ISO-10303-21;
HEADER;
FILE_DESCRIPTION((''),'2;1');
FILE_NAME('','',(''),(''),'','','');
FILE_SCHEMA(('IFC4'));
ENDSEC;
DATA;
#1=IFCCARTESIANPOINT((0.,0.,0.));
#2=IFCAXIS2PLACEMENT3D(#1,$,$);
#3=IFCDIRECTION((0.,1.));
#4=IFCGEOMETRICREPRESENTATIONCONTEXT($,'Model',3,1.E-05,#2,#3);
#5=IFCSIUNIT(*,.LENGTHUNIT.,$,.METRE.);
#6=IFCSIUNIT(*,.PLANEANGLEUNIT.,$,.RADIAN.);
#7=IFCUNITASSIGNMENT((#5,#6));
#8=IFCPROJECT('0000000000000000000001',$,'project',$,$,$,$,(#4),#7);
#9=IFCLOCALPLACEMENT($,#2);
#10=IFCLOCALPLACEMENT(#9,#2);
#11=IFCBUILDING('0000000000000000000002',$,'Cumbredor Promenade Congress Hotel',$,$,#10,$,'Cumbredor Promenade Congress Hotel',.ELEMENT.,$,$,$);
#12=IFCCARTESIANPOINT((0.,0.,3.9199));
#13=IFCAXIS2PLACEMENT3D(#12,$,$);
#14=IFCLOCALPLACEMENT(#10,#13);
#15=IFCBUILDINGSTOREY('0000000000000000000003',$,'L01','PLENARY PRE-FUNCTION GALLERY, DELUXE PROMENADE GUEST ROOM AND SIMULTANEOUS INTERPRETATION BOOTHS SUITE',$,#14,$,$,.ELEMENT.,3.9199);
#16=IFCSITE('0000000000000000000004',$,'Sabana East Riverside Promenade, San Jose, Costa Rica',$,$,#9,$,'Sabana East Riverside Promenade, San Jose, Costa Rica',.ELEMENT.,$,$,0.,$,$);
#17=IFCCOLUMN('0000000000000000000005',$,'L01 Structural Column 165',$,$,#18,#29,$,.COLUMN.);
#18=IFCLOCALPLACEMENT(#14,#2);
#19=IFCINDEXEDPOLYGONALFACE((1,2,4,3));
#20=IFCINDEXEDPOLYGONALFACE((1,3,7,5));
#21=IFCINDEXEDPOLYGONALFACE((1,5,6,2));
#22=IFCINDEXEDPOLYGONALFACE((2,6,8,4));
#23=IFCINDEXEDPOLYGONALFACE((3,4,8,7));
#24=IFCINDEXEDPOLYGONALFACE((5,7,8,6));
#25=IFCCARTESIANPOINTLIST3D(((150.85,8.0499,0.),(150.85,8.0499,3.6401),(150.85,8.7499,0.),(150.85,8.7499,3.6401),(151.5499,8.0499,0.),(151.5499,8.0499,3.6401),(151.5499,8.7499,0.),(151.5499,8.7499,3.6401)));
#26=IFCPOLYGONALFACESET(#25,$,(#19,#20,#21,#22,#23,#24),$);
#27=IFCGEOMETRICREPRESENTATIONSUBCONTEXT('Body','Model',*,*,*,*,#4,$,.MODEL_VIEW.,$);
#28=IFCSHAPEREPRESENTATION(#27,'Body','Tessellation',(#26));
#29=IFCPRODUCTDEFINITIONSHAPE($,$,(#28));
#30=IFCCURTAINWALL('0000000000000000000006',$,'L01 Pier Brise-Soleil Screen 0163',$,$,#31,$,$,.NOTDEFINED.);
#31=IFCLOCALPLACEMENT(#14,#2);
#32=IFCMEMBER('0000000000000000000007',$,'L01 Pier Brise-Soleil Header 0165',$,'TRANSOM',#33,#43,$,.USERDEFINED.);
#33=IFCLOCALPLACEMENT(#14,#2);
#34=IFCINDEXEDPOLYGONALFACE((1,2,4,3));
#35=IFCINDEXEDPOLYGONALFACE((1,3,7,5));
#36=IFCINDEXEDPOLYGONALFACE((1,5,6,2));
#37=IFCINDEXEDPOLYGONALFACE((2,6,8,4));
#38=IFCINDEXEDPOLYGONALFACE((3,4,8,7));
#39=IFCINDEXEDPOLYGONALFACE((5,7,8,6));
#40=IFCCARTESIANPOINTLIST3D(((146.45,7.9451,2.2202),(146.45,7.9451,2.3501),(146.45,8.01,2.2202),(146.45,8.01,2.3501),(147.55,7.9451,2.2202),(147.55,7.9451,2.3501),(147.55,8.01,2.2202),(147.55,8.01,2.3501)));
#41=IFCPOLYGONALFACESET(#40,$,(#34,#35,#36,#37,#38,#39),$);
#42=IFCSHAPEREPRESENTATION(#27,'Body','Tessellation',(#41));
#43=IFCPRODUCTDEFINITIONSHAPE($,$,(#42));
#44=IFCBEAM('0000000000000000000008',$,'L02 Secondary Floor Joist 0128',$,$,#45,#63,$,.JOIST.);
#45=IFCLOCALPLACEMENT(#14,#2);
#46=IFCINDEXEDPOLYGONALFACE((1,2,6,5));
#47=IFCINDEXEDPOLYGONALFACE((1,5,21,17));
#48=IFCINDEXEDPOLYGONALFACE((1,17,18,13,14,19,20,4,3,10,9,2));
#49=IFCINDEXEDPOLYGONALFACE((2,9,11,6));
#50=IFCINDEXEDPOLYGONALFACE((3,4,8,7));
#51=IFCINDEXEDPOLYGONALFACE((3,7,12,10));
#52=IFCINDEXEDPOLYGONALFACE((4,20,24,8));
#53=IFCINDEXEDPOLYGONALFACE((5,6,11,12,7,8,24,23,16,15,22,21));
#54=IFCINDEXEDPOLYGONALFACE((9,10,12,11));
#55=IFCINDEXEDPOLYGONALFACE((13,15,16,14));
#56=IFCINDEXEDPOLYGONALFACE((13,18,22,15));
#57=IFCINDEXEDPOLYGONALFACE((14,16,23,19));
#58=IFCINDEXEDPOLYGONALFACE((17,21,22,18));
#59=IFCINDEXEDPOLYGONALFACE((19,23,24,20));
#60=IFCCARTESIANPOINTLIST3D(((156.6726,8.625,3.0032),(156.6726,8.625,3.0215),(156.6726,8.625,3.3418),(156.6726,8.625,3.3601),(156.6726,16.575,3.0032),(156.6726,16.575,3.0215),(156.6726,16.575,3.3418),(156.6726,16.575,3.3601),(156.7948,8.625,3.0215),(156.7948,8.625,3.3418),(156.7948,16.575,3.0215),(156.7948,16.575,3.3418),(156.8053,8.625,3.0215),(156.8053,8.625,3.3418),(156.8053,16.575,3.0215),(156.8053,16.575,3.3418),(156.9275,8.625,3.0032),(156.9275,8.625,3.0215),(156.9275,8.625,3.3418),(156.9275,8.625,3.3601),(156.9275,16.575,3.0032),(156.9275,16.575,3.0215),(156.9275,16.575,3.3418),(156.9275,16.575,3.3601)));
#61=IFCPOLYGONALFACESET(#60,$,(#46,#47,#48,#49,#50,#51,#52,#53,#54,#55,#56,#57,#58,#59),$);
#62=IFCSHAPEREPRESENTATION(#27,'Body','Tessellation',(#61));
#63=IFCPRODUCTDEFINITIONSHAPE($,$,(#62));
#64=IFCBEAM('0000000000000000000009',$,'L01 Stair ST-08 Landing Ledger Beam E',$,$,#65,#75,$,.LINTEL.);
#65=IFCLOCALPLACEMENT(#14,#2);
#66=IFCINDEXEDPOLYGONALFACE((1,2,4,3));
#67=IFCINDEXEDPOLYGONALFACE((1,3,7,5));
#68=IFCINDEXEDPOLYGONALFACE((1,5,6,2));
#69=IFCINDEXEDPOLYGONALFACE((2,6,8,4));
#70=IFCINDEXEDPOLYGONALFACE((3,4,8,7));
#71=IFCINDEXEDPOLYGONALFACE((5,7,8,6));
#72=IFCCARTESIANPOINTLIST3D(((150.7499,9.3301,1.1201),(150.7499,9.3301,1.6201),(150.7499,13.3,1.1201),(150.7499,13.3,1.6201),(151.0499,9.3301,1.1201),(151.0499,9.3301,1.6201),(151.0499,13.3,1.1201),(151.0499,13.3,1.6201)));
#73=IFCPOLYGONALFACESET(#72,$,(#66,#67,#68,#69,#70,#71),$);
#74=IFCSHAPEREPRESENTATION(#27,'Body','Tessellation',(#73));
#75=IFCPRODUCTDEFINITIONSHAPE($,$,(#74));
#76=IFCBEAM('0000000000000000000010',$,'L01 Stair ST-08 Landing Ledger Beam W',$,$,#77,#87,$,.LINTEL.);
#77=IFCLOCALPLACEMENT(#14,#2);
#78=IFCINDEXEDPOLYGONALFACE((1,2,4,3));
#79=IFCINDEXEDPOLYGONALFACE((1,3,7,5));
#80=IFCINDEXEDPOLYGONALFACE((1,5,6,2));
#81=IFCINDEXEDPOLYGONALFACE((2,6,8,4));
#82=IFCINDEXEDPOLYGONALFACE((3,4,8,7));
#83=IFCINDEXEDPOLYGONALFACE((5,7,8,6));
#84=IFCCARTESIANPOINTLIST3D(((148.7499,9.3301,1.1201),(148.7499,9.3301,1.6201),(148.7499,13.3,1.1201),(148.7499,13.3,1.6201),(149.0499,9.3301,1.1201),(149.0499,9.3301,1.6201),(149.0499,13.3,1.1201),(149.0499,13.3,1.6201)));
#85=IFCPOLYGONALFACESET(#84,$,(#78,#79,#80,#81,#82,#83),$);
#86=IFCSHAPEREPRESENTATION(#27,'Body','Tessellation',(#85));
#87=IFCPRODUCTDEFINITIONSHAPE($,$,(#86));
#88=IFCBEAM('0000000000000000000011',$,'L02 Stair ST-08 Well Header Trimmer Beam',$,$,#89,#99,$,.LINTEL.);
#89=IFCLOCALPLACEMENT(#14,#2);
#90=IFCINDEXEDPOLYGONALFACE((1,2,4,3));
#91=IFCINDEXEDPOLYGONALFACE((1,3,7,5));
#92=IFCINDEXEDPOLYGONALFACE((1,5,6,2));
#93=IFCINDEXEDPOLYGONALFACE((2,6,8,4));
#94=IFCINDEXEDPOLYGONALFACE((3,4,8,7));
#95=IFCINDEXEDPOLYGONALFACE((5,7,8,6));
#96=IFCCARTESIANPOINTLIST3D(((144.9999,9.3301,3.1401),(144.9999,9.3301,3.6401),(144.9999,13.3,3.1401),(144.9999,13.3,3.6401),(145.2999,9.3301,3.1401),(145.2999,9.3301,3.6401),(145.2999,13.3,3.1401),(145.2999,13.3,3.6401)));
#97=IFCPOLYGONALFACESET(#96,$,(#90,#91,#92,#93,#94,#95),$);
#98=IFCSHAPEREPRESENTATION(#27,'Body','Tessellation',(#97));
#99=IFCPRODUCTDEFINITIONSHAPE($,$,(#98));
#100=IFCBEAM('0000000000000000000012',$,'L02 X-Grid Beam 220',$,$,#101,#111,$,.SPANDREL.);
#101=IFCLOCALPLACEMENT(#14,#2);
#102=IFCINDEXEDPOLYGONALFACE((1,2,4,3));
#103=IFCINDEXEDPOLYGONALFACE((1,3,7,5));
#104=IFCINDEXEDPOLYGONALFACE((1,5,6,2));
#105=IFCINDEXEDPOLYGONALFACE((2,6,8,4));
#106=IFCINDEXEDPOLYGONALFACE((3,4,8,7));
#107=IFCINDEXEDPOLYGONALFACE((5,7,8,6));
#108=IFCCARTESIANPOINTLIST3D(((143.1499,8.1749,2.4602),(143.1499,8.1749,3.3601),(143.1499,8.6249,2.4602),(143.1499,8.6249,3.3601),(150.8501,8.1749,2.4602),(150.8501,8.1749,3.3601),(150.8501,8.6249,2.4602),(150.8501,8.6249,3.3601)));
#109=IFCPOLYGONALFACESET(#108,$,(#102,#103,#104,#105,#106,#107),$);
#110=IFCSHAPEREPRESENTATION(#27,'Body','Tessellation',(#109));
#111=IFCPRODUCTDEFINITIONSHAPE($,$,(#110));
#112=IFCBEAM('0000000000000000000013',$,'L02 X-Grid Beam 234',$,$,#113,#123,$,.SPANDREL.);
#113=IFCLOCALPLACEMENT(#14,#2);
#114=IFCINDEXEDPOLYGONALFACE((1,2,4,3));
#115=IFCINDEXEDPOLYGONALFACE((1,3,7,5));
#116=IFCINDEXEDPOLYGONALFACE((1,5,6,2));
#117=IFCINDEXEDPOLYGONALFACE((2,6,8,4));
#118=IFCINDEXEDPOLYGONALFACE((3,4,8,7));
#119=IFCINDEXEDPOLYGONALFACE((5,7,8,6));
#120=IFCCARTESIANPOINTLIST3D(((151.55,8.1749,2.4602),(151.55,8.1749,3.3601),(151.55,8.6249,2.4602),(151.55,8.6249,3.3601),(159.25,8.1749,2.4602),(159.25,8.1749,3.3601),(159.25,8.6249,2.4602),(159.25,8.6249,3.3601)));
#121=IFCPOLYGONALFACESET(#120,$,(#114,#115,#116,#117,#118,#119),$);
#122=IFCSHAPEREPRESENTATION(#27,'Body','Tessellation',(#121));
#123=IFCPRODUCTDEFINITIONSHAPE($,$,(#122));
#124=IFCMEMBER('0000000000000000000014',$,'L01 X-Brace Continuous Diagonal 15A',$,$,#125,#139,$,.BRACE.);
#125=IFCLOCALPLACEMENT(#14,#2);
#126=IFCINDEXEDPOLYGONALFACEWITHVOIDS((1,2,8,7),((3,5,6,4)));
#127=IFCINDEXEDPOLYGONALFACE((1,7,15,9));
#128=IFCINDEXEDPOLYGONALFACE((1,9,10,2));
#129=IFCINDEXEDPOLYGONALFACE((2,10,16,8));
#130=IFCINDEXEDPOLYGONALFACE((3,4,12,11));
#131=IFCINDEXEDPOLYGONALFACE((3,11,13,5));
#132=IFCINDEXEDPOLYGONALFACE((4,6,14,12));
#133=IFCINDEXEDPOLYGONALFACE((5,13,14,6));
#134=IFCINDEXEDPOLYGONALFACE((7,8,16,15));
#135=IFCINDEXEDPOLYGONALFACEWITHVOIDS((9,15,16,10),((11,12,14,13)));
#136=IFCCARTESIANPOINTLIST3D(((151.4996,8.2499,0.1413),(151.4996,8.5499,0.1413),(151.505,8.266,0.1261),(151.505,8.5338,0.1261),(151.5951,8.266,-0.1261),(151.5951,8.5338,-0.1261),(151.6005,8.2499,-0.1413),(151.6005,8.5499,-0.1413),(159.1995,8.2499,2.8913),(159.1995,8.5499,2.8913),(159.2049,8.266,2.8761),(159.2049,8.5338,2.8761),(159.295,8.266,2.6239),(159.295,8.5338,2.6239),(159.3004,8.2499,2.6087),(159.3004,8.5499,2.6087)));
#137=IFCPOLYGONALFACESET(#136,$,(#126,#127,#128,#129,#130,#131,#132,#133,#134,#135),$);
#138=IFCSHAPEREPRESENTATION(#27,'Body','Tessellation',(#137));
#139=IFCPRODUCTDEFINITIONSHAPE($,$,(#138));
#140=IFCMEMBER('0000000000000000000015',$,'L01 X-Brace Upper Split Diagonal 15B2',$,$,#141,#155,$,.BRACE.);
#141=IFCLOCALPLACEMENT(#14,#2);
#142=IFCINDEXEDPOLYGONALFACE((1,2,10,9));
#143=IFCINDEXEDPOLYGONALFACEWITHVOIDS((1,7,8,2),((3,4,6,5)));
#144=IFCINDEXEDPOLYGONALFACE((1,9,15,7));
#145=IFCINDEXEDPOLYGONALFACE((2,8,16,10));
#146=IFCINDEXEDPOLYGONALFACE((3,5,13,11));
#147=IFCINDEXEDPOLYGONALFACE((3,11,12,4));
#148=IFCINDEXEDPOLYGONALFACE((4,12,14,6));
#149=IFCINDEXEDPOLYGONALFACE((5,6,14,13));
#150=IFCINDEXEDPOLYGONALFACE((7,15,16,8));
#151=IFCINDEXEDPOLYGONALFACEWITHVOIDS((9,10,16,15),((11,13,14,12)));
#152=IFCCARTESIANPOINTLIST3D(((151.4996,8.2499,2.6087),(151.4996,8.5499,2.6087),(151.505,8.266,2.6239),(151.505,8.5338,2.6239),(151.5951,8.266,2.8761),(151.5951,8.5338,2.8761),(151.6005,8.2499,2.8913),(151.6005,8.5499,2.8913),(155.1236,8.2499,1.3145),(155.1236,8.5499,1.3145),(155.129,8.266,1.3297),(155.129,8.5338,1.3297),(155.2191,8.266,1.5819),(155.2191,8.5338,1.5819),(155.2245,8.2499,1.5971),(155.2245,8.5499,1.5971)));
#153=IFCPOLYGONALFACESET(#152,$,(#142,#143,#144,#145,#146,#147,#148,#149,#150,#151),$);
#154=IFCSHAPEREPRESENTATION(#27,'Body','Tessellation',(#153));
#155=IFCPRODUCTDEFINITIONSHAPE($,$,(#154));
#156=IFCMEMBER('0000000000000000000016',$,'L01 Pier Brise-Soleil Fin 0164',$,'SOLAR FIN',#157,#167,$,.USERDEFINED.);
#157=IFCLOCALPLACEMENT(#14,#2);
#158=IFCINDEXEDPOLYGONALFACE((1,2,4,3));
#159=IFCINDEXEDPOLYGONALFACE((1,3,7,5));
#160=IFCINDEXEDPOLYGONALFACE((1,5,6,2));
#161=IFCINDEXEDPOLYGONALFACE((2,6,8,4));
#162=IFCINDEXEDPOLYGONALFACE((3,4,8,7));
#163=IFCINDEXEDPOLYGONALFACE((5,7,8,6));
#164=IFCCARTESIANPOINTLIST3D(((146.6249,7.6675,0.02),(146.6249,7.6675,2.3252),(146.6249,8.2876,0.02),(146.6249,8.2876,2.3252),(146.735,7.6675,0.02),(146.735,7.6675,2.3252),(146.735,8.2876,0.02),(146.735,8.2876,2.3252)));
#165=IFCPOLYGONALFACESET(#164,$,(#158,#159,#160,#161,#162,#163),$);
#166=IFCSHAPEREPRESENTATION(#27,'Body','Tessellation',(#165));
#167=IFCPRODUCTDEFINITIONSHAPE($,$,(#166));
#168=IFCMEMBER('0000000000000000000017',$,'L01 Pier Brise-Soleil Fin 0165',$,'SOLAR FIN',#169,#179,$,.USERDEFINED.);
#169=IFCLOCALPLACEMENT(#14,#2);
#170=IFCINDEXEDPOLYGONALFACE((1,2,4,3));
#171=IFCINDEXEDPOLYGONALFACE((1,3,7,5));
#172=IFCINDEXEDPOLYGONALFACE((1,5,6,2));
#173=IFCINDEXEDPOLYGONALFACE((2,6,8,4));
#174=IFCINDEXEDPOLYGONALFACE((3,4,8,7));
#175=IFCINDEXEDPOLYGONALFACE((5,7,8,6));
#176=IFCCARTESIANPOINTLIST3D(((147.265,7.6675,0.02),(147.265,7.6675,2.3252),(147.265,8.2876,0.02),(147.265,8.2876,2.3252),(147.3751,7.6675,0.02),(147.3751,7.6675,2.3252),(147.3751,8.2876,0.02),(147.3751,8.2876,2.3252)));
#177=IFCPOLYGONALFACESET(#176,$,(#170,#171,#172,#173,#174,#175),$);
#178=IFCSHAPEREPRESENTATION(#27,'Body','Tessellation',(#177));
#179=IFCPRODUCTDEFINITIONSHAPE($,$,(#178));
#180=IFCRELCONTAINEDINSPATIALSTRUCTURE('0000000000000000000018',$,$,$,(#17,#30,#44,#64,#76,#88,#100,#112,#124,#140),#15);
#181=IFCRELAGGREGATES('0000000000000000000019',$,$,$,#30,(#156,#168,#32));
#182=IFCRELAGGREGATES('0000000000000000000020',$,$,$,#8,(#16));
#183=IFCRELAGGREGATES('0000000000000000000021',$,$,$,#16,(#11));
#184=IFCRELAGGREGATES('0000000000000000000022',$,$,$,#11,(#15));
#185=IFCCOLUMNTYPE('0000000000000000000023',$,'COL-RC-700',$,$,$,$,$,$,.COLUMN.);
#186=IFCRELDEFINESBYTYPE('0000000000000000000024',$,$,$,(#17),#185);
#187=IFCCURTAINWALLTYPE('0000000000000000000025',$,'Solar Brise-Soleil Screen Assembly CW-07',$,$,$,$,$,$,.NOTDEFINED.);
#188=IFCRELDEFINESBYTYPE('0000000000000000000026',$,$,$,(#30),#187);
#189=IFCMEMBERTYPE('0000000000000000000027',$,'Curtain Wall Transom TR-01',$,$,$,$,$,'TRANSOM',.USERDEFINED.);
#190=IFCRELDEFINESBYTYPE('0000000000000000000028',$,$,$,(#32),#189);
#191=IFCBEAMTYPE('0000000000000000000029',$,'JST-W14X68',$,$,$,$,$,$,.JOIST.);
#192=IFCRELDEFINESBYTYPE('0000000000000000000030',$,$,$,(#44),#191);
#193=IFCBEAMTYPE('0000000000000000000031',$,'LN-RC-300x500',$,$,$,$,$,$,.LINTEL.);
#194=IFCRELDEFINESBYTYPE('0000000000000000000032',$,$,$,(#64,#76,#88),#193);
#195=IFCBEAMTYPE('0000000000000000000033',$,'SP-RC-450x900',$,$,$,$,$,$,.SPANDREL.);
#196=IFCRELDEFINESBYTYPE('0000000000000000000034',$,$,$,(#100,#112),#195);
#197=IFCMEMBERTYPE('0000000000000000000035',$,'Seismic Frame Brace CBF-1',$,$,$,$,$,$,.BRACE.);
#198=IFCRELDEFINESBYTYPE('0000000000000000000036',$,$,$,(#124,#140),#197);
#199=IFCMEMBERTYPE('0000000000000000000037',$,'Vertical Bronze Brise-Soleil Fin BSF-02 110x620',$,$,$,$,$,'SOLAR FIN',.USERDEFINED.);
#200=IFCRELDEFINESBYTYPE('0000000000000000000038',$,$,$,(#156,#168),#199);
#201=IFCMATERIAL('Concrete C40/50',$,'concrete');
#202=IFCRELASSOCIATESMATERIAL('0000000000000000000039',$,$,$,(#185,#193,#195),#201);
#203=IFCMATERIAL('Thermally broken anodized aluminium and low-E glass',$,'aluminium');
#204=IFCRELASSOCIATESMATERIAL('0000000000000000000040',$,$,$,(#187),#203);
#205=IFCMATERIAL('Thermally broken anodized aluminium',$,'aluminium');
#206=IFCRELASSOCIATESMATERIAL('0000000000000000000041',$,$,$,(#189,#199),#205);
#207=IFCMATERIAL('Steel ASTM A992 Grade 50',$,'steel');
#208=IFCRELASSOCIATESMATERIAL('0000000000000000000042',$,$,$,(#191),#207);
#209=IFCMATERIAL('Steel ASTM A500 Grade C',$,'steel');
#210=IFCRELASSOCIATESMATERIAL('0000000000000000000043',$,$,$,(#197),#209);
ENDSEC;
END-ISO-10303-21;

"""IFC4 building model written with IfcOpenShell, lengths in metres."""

from ifc_helpers import new_model, si_unit, direction, frame, origin, origin_2d, place, context, subcontext, project, spatial, rectangle, hollow_rectangle, i_section, extrude, material, material_profile, profile_set, type_object, element, aggregate, save


model = new_model("IFC4")

# Units and contexts
model_context = context("Model", 3, precision=1e-05, world=origin(), true_north=direction((0.0, 1.0)))
body_context = subcontext(model_context, "Body", "Model", "MODEL_VIEW")
ifc_project = project(units=[si_unit("LENGTHUNIT", "METRE"), si_unit("PLANEANGLEUNIT", "RADIAN")], contexts=[model_context])

# Site, building, storey
site_placement = place(None, origin())
site = spatial("IfcSite", under=ifc_project, at=site_placement, Name="Sabana East Riverside Promenade, San Jose, Costa Rica", LongName="Sabana East Riverside Promenade, San Jose, Costa Rica", CompositionType="ELEMENT", RefElevation=0.0)
building_placement = place(site_placement, origin())
building = spatial("IfcBuilding", under=site, at=building_placement, Name="Cumbredor Promenade Congress Hotel", LongName="Cumbredor Promenade Congress Hotel", CompositionType="ELEMENT")
storey_placement = place(building_placement, frame((0.0, 0.0, 3.9199)))
storey = spatial("IfcBuildingStorey", under=building, at=storey_placement, Name="L01", Description="PLENARY PRE-FUNCTION GALLERY, DELUXE PROMENADE GUEST ROOM AND SIMULTANEOUS INTERPRETATION BOOTHS SUITE", CompositionType="ELEMENT", Elevation=3.9199)

# Column
ifc_material_1 = material(Name="Concrete C40/50", Category="concrete")
ifc_material_profile_1 = material_profile(ifc_material_1, rectangle(XDim=0.7, YDim=0.7, at=origin_2d()), Name="RC 700x700")
ifc_profile_set_1 = profile_set([ifc_material_profile_1], Name="Concrete C40/50")
column_type = type_object("IfcColumnType", Name="COL-RC-700", PredefinedType="COLUMN", material=ifc_profile_set_1)
column_placement = place(storey_placement, frame((151.2, 8.3999, 0.0), z_axis=(0.0, 0.0, 1.0), x_axis=(1.0, 0.0, 0.0)))
element("IfcColumn", 1, at=column_placement, inside=storey, type_object=column_type, Name="L01 Structural Column 165", PredefinedType="COLUMN", context=body_context, shape_type="SweptSolid", body=[
    extrude(rectangle(XDim=0.7, YDim=0.7, at=origin_2d()), origin(), (0.0, 0.0, 1.0), 3.6401),
])

# Curtain wall, member
ifc_material_2 = material(Name="Thermally broken anodized aluminium and low-E glass", Category="aluminium")
curtain_wall_type = type_object("IfcCurtainWallType", Name="Solar Brise-Soleil Screen Assembly CW-07", PredefinedType="NOTDEFINED", material=ifc_material_2)
curtain_wall_placement = place(storey_placement, origin())
curtain_wall = element("IfcCurtainWall", 2, at=curtain_wall_placement, inside=storey, type_object=curtain_wall_type, Name="L01 Pier Brise-Soleil Screen 0163", PredefinedType="NOTDEFINED")
ifc_material_3 = material(Name="Thermally broken anodized aluminium", Category="aluminium")
ifc_material_profile_2 = material_profile(ifc_material_3, rectangle(XDim=0.0649, YDim=0.1299, at=origin_2d()), Name="ALU TRANSOM 65x130")
ifc_profile_set_2 = profile_set([ifc_material_profile_2], Name="Thermally broken anodized aluminium")
member_type_1 = type_object("IfcMemberType", Name="Curtain Wall Transom TR-01", ElementType="TRANSOM", PredefinedType="USERDEFINED", material=ifc_profile_set_2)
member_1_placement = place(storey_placement, frame((146.45, 7.9775, 2.2852), z_axis=(1.0, 0.0, 0.0), x_axis=(0.0, 1.0, 0.0)))
member_1 = element("IfcMember", 3, at=member_1_placement, type_object=member_type_1, Name="L01 Pier Brise-Soleil Header 0165", ObjectType="TRANSOM", PredefinedType="USERDEFINED", context=body_context, shape_type="SweptSolid", body=[
    extrude(rectangle(XDim=0.0649, YDim=0.1299, at=origin_2d()), origin(), (0.0, 0.0, 1.0), 1.1001),
])

# Beams
ifc_material_4 = material(Name="Steel ASTM A992 Grade 50", Category="steel")
ifc_material_profile_3 = material_profile(ifc_material_4, i_section(OverallWidth=0.2549, OverallDepth=0.3569, WebThickness=0.0105, FlangeThickness=0.0183, at=origin_2d()), Name="W14X68")
ifc_profile_set_3 = profile_set([ifc_material_profile_3], Name="Steel ASTM A992 Grade 50")
beam_type_1 = type_object("IfcBeamType", Name="JST-W14X68", PredefinedType="JOIST", material=ifc_profile_set_3)
beam_1_placement = place(storey_placement, frame((156.8, 8.625, 3.1816), z_axis=(0.0, 1.0, 0.0), x_axis=(-1.0, 0.0, 0.0)))
element("IfcBeam", 4, at=beam_1_placement, inside=storey, type_object=beam_type_1, Name="L02 Secondary Floor Joist 0128", PredefinedType="JOIST", context=body_context, shape_type="SweptSolid", body=[
    extrude(i_section(OverallWidth=0.2549, OverallDepth=0.3569, WebThickness=0.0105, FlangeThickness=0.0183, at=origin_2d()), origin(), (0.0, 0.0, 1.0), 7.95),
])
ifc_material_profile_4 = material_profile(ifc_material_1, rectangle(XDim=0.3, YDim=0.5, at=origin_2d()), Name="RC LINTEL 300x500")
ifc_profile_set_4 = profile_set([ifc_material_profile_4], Name="Concrete C40/50")
beam_type_2 = type_object("IfcBeamType", Name="LN-RC-300x500", PredefinedType="LINTEL", material=ifc_profile_set_4)
for number, where, z_axis, x_axis, name in (
    (5, (150.8999, 9.3301, 1.3701), (0.0, 1.0, 0.0), (-1.0, 0.0, 0.0), "L01 Stair ST-08 Landing Ledger Beam E"),
    (6, (148.8999, 9.3301, 1.3701), (0.0, 1.0, 0.0), (-1.0, 0.0, 0.0), "L01 Stair ST-08 Landing Ledger Beam W"),
    (7, (145.1499, 9.3301, 3.3901), (0.0, 1.0, 0.0), (-1.0, 0.0, 0.0), "L02 Stair ST-08 Well Header Trimmer Beam"),
):
    element("IfcBeam", number, at=place(storey_placement, frame(where, z_axis=z_axis, x_axis=x_axis)), inside=storey, type_object=beam_type_2, Name=name, PredefinedType="LINTEL", context=body_context, shape_type="SweptSolid", body=[
        extrude(rectangle(XDim=0.3, YDim=0.5, at=origin_2d()), origin(), (0.0, 0.0, 1.0), 3.97),
    ])
ifc_material_profile_5 = material_profile(ifc_material_1, rectangle(XDim=0.45, YDim=0.8999, at=origin_2d()), Name="RC SPANDREL 450x900")
ifc_profile_set_5 = profile_set([ifc_material_profile_5], Name="Concrete C40/50")
beam_type_3 = type_object("IfcBeamType", Name="SP-RC-450x900", PredefinedType="SPANDREL", material=ifc_profile_set_5)
beam_2_placement = place(storey_placement, frame((143.1499, 8.3999, 2.9102), z_axis=(1.0, 0.0, 0.0), x_axis=(0.0, 1.0, 0.0)))
element("IfcBeam", 8, at=beam_2_placement, inside=storey, type_object=beam_type_3, Name="L02 X-Grid Beam 220", PredefinedType="SPANDREL", context=body_context, shape_type="SweptSolid", body=[
    extrude(rectangle(XDim=0.45, YDim=0.8999, at=origin_2d()), origin(), (0.0, 0.0, 1.0), 7.7002),
])
beam_3_placement = place(storey_placement, frame((151.55, 8.3999, 2.9102), z_axis=(1.0, 0.0, 0.0), x_axis=(0.0, 1.0, 0.0)))
element("IfcBeam", 9, at=beam_3_placement, inside=storey, type_object=beam_type_3, Name="L02 X-Grid Beam 234", PredefinedType="SPANDREL", context=body_context, shape_type="SweptSolid", body=[
    extrude(rectangle(XDim=0.45, YDim=0.8999, at=origin_2d()), origin(), (0.0, 0.0, 1.0), 7.7),
])

# Members
ifc_material_5 = material(Name="Steel ASTM A500 Grade C", Category="steel")
ifc_material_profile_6 = material_profile(ifc_material_5, hollow_rectangle(XDim=0.3, YDim=0.3, WallThickness=0.0161, at=origin_2d()), Name="HSS 300x300x16")
ifc_profile_set_6 = profile_set([ifc_material_profile_6], Name="Steel ASTM A500 Grade C")
member_type_2 = type_object("IfcMemberType", Name="Seismic Frame Brace CBF-1", PredefinedType="BRACE", material=ifc_profile_set_6)
member_2_placement = place(storey_placement, frame((151.55, 8.3999, 0.0), z_axis=(0.941741, 0.0, 0.336338), x_axis=(0.0, 1.0, 0.0)))
element("IfcMember", 10, at=member_2_placement, inside=storey, type_object=member_type_2, Name="L01 X-Brace Continuous Diagonal 15A", PredefinedType="BRACE", context=body_context, shape_type="SweptSolid", body=[
    extrude(hollow_rectangle(XDim=0.3, YDim=0.3, WallThickness=0.0161, at=origin_2d()), origin(), (0.0, 0.0, 1.0), 8.1763),
])
member_3_placement = place(storey_placement, frame((155.1741, 8.3999, 1.4558), z_axis=(-0.941751, 0.0, 0.336312), x_axis=(0.0, -1.0, 0.0)))
element("IfcMember", 11, at=member_3_placement, inside=storey, type_object=member_type_2, Name="L01 X-Brace Upper Split Diagonal 15B2", PredefinedType="BRACE", context=body_context, shape_type="SweptSolid", body=[
    extrude(hollow_rectangle(XDim=0.3, YDim=0.3, WallThickness=0.0161, at=origin_2d()), origin(), (0.0, 0.0, 1.0), 3.8481),
])

# Members
ifc_material_profile_7 = material_profile(ifc_material_3, rectangle(XDim=0.1101, YDim=0.6201, at=origin_2d()), Name="ARCH FIN 110x620")
ifc_profile_set_7 = profile_set([ifc_material_profile_7], Name="Thermally broken anodized aluminium")
member_type_3 = type_object("IfcMemberType", Name="Vertical Bronze Brise-Soleil Fin BSF-02 110x620", ElementType="SOLAR FIN", PredefinedType="USERDEFINED", material=ifc_profile_set_7)
member_4_placement = place(storey_placement, frame((146.6799, 7.9775, 0.02), z_axis=(0.0, 0.0, 1.0), x_axis=(1.0, 0.0, 0.0)))
member_4 = element("IfcMember", 12, at=member_4_placement, type_object=member_type_3, Name="L01 Pier Brise-Soleil Fin 0164", ObjectType="SOLAR FIN", PredefinedType="USERDEFINED", context=body_context, shape_type="SweptSolid", body=[
    extrude(rectangle(XDim=0.1101, YDim=0.6201, at=origin_2d()), origin(), (0.0, 0.0, 1.0), 2.3052),
])
member_5_placement = place(storey_placement, frame((147.3201, 7.9775, 0.02), z_axis=(0.0, 0.0, 1.0), x_axis=(1.0, 0.0, 0.0)))
member_5 = element("IfcMember", 13, at=member_5_placement, type_object=member_type_3, Name="L01 Pier Brise-Soleil Fin 0165", ObjectType="SOLAR FIN", PredefinedType="USERDEFINED", context=body_context, shape_type="SweptSolid", body=[
    extrude(rectangle(XDim=0.1101, YDim=0.6201, at=origin_2d()), origin(), (0.0, 0.0, 1.0), 2.3052),
])
aggregate(curtain_wall, [member_4, member_5, member_1])

save(model, "model.ifc")
